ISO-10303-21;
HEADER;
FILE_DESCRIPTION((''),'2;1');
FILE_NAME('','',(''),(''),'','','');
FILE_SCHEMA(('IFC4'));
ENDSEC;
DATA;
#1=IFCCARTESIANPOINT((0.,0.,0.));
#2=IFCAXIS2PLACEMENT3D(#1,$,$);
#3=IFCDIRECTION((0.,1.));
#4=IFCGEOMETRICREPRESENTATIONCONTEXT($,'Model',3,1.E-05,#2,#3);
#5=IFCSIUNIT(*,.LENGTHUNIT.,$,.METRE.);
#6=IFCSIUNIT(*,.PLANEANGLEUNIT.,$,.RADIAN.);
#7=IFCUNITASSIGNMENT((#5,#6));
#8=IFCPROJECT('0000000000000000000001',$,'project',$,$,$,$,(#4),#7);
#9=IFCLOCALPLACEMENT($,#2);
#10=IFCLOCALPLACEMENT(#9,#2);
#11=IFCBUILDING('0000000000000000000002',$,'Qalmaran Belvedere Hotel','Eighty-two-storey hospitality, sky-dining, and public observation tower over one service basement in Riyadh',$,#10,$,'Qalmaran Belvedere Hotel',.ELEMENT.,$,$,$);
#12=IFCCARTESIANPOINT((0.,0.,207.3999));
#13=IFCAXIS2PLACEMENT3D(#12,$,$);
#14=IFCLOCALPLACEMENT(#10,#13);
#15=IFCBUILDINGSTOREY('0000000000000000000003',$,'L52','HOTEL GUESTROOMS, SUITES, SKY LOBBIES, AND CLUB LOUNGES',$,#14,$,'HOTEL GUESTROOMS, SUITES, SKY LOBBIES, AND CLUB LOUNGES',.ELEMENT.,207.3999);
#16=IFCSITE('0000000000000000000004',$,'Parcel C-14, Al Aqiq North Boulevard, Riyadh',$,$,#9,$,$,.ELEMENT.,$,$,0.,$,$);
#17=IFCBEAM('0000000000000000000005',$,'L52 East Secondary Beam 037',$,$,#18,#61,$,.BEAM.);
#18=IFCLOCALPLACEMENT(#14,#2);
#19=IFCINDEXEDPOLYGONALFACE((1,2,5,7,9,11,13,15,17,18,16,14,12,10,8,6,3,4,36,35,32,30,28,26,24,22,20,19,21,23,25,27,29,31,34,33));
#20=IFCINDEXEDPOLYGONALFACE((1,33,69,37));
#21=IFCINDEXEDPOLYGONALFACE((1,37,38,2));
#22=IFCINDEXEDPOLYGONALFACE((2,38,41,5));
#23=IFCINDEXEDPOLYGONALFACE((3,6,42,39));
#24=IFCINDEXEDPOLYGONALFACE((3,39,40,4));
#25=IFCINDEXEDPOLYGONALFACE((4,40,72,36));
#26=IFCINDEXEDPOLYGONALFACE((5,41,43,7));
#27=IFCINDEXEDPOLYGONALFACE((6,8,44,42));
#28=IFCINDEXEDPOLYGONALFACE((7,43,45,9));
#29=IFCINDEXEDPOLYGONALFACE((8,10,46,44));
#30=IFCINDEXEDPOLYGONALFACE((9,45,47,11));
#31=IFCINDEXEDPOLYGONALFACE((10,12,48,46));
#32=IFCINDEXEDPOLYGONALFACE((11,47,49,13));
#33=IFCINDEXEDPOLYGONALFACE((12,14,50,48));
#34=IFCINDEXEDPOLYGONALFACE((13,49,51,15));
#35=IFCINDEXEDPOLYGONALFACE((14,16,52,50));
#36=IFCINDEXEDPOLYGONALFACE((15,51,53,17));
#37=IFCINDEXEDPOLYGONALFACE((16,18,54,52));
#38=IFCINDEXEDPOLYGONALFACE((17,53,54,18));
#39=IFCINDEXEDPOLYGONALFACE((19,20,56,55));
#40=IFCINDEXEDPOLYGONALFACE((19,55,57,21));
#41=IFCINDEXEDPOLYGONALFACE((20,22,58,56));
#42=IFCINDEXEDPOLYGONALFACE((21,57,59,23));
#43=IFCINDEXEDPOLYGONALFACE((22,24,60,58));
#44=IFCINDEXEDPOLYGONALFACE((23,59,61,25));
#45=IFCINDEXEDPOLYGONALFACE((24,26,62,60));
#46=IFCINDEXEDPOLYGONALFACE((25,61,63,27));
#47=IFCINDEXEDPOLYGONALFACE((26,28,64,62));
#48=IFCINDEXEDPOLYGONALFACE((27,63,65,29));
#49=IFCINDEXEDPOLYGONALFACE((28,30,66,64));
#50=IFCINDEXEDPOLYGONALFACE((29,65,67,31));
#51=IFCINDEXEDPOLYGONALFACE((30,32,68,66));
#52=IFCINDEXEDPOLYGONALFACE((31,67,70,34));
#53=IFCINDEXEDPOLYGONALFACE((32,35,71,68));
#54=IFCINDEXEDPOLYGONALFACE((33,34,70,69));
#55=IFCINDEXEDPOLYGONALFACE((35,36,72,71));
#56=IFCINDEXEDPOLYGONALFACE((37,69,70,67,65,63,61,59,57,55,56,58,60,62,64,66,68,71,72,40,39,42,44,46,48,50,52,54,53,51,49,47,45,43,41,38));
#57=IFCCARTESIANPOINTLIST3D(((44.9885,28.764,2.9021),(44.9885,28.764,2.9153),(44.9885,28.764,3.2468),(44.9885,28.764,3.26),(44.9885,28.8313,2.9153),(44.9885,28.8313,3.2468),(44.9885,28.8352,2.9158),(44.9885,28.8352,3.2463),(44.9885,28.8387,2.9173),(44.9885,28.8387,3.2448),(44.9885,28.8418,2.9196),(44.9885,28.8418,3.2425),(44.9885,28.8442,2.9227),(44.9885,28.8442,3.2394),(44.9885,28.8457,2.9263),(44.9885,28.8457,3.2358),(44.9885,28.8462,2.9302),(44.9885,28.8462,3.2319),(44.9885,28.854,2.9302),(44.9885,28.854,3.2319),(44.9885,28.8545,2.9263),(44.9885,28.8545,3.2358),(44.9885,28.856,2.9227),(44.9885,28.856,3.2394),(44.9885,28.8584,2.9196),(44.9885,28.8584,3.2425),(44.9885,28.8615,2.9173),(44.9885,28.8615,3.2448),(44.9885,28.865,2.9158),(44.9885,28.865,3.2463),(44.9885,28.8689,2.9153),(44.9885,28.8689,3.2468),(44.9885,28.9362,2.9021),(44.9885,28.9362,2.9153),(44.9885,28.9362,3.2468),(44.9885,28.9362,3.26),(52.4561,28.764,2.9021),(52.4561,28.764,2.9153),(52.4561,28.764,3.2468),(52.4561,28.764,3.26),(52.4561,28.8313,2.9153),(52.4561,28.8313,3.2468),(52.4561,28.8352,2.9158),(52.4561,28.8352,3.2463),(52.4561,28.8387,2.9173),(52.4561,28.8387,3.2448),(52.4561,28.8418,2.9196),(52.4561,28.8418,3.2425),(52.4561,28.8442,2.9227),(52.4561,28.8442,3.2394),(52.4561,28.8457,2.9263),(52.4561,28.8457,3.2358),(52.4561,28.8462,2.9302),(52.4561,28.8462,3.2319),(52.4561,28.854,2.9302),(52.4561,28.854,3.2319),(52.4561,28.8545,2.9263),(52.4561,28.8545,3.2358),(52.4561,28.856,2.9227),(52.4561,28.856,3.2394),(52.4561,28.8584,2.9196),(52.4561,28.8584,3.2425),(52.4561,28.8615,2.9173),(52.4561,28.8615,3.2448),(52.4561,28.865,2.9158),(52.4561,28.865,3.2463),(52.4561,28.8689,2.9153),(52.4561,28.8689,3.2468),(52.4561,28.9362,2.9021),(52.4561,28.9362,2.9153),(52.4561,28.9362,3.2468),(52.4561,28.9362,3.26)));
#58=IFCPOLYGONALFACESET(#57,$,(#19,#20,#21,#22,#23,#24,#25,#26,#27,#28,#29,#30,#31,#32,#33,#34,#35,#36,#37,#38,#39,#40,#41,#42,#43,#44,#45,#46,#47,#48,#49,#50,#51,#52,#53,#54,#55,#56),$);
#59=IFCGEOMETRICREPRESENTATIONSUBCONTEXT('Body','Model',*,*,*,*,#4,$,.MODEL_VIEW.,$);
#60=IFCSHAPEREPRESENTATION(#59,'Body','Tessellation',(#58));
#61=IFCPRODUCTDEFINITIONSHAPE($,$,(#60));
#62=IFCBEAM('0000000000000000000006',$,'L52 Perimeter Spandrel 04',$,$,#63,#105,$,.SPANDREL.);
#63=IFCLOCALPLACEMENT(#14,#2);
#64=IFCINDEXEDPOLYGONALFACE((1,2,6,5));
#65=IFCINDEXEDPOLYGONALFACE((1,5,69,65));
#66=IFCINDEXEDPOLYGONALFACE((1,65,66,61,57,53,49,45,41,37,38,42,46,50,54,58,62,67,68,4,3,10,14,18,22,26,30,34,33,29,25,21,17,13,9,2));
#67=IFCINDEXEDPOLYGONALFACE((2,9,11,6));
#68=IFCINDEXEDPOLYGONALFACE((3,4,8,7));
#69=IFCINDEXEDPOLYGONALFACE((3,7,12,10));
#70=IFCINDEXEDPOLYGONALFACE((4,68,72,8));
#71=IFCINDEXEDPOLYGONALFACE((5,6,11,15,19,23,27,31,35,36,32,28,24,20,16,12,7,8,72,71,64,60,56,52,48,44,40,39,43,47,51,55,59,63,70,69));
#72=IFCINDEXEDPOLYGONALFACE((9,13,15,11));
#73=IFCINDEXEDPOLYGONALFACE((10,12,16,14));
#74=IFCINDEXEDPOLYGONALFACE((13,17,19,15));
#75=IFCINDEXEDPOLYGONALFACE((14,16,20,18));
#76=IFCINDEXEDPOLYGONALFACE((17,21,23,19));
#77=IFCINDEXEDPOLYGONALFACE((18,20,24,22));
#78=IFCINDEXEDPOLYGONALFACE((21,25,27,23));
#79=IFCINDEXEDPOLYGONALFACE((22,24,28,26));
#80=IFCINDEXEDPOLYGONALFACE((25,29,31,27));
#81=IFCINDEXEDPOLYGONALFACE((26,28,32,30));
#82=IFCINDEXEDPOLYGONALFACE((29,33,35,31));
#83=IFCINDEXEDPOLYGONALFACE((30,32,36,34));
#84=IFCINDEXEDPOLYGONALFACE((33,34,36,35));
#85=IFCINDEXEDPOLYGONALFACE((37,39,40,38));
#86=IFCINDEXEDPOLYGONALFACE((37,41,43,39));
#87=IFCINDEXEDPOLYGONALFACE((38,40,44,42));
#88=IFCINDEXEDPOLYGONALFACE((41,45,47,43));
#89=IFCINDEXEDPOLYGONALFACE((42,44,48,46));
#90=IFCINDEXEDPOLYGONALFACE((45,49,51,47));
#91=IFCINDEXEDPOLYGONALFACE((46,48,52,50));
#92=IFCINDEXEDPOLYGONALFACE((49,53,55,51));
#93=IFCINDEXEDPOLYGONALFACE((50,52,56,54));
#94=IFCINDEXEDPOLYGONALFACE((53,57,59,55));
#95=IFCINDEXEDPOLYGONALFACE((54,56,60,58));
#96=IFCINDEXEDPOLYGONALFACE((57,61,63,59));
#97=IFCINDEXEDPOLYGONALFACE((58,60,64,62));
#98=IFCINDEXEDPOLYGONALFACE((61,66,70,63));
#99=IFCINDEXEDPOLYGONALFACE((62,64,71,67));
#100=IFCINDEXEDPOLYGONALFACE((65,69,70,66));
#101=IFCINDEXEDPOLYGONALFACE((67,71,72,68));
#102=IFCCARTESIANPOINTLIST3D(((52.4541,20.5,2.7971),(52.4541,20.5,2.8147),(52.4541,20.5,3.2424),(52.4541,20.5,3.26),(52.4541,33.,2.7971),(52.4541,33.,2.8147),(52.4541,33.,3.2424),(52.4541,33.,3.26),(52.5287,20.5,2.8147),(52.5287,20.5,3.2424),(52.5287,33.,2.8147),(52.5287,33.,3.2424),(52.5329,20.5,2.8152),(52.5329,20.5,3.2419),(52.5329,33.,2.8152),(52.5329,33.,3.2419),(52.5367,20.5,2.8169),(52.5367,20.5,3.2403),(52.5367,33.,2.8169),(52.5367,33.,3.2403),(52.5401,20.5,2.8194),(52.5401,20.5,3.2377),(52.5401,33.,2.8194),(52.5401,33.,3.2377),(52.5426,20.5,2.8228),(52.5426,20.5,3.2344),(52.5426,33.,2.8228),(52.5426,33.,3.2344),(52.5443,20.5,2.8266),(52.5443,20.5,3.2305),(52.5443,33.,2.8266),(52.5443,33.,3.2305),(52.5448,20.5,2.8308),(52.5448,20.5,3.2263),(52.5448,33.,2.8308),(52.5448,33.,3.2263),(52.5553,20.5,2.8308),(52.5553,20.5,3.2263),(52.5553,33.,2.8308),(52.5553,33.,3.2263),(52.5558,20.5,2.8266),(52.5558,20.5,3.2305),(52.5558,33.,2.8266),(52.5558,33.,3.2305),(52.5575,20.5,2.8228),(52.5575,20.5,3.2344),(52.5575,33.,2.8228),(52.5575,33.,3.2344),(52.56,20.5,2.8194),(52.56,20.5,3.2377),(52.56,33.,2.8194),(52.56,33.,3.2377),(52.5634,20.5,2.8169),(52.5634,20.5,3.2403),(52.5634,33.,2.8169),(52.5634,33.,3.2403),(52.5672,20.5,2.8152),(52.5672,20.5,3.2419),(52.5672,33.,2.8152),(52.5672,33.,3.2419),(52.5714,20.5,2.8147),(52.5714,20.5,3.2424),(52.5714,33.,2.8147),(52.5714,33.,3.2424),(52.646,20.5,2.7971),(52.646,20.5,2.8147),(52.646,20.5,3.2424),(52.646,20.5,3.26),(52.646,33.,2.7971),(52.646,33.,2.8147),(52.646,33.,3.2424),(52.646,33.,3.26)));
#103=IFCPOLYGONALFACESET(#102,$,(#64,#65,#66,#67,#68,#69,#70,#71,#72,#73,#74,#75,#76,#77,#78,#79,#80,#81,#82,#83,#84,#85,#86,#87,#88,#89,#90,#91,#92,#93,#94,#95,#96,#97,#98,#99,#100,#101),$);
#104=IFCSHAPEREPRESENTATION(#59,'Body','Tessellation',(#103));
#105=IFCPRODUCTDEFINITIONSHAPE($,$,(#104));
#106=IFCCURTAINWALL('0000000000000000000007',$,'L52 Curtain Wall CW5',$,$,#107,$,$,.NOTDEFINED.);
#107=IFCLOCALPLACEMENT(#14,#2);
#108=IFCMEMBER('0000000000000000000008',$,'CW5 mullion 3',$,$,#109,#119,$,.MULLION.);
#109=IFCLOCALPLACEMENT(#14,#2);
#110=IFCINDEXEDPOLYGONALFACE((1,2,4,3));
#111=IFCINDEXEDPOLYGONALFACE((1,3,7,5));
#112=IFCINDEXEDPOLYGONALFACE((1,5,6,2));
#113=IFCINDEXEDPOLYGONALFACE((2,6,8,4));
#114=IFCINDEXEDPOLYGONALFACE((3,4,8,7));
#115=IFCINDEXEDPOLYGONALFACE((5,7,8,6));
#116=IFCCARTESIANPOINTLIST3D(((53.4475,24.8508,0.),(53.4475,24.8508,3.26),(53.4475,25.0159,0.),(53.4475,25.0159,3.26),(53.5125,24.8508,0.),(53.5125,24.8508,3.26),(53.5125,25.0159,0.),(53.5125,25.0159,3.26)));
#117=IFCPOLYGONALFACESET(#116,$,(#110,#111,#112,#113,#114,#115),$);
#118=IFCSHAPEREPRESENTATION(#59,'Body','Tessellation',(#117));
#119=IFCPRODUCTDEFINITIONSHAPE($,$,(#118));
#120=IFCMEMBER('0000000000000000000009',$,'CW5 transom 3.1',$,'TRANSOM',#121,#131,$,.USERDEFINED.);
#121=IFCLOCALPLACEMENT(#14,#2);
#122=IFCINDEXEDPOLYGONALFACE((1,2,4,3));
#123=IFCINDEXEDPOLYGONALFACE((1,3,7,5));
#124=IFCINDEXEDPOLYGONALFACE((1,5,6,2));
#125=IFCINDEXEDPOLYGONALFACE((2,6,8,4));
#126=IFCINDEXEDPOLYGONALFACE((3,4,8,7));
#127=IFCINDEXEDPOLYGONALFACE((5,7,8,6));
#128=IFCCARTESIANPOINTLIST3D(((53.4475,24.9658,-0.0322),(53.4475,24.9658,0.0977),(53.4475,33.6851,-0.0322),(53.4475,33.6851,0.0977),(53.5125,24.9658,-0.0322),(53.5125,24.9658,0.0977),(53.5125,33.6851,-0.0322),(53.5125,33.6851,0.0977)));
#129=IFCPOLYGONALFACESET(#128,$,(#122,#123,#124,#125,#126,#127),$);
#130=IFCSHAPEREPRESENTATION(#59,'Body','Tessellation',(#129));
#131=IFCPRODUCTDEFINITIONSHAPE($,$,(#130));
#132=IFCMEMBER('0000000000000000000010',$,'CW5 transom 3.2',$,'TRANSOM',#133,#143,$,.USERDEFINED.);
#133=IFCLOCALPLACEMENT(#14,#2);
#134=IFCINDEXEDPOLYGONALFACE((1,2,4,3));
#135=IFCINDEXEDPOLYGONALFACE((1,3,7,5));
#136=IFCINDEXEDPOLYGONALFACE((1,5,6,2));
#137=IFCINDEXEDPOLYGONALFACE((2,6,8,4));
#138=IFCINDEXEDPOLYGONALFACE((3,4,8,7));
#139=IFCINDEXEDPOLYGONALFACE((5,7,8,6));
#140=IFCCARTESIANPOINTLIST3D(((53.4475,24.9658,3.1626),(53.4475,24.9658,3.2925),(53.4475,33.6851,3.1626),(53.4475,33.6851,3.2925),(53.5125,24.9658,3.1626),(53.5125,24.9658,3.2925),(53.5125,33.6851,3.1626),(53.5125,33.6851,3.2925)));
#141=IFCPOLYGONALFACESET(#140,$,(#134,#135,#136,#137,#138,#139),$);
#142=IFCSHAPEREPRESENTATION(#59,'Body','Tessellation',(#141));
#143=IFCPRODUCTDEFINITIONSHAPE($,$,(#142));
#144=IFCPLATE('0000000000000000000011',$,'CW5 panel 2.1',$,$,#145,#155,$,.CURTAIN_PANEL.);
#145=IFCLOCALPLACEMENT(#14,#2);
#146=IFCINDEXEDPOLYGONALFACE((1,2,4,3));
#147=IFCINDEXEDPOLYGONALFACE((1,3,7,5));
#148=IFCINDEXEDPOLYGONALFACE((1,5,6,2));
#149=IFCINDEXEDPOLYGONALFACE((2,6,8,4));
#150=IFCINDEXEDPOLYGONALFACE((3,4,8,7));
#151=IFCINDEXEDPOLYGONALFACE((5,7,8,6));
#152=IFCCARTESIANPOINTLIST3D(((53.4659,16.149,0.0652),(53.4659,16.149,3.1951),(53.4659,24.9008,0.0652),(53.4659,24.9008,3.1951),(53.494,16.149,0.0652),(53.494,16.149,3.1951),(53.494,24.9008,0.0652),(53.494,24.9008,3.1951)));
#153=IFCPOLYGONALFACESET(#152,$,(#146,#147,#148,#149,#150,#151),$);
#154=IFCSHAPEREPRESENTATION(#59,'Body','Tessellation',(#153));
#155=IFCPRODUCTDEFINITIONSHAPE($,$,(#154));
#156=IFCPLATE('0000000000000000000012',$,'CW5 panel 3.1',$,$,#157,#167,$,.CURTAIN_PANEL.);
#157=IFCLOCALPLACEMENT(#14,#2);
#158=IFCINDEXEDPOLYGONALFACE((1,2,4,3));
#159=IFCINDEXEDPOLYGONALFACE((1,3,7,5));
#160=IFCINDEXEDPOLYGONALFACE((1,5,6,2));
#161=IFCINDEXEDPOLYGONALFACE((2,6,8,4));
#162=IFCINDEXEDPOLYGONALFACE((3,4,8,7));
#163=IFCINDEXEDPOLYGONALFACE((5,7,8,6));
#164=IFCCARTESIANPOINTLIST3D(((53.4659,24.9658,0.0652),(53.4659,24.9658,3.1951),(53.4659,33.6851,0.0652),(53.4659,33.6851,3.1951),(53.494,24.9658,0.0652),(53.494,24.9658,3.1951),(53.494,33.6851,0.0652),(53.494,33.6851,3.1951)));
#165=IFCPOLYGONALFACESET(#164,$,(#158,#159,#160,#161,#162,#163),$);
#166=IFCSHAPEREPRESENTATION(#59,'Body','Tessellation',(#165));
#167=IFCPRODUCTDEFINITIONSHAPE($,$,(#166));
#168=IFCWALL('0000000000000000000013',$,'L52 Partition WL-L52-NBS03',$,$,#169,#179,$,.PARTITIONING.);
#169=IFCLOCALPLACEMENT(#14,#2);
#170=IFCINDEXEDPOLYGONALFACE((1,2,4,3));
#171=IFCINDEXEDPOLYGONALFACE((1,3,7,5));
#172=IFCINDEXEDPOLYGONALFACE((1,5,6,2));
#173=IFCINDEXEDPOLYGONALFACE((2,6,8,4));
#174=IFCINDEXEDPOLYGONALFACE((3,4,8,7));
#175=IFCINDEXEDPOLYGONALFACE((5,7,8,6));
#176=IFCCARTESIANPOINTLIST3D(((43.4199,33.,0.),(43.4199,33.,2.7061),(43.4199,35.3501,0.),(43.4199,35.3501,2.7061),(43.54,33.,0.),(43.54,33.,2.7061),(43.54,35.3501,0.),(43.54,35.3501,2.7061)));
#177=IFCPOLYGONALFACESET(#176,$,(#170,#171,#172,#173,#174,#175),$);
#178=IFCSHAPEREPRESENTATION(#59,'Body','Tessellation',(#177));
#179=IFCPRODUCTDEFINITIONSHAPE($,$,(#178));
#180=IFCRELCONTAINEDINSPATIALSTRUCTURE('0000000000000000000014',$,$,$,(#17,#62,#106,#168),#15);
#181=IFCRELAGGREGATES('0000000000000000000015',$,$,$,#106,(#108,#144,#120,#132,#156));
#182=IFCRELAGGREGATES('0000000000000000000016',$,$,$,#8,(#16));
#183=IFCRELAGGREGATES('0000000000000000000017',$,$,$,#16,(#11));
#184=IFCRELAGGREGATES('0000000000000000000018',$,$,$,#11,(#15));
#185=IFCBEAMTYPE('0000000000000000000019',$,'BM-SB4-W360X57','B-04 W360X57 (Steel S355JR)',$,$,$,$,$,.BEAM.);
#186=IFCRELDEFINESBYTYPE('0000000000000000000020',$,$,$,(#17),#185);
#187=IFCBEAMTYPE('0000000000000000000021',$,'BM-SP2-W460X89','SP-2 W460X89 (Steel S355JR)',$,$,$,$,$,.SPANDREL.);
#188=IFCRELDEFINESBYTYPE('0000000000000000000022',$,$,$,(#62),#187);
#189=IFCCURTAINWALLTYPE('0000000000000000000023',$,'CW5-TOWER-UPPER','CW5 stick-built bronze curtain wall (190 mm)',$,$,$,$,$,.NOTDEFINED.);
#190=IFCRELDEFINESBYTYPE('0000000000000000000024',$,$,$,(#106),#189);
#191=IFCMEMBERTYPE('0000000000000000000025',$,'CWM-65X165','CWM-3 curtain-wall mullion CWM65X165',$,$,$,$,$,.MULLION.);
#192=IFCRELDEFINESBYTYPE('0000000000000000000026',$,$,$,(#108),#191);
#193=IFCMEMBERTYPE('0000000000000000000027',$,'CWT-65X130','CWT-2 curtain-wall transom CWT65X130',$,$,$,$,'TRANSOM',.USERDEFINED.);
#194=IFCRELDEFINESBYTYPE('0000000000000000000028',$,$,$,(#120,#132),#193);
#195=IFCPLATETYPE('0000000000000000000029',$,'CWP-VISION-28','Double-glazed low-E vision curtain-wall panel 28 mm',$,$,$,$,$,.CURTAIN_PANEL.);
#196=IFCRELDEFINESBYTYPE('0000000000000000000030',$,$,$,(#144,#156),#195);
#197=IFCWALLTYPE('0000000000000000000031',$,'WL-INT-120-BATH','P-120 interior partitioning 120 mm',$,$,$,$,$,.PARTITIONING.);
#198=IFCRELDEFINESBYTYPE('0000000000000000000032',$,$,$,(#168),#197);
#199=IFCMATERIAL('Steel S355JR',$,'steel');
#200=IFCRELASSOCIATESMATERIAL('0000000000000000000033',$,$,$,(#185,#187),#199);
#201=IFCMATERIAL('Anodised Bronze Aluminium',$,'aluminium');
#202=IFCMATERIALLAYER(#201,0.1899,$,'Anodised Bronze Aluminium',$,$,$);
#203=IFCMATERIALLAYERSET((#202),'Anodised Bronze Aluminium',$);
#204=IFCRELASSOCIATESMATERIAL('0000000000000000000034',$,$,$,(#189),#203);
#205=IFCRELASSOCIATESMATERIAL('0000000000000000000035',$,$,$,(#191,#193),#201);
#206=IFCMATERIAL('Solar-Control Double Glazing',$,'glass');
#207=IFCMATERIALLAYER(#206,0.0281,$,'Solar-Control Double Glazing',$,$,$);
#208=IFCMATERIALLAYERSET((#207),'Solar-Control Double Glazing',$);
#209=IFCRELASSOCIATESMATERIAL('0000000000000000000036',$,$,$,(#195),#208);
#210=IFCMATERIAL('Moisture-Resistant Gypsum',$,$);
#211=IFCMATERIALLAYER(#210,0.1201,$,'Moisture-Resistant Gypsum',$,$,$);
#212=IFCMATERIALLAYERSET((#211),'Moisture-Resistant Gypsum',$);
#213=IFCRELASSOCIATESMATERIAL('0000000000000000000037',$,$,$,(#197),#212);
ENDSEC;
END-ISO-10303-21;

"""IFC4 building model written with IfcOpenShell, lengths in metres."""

from ifc_helpers import new_model, si_unit, direction, frame, frame_2d, origin, origin_2d, place, context, subcontext, project, spatial, rectangle, i_section, extrude, material, layer, layer_set, material_profile, profile_set, type_object, element, aggregate, save


model = new_model("IFC4")

# Units and contexts
model_context = context("Model", 3, precision=1e-05, world=origin(), true_north=direction((0.0, 1.0)))
body_context = subcontext(model_context, "Body", "Model", "MODEL_VIEW")
ifc_project = project(units=[si_unit("LENGTHUNIT", "METRE"), si_unit("PLANEANGLEUNIT", "RADIAN")], contexts=[model_context])

# Site, building, storey
site_placement = place(None, origin())
site = spatial("IfcSite", under=ifc_project, at=site_placement, Name="Parcel C-14, Al Aqiq North Boulevard, Riyadh", CompositionType="ELEMENT", RefElevation=0.0)
building_placement = place(site_placement, origin())
building = spatial("IfcBuilding", under=site, at=building_placement, Name="Qalmaran Belvedere Hotel", Description="Eighty-two-storey hospitality, sky-dining, and public observation tower over one service basement in Riyadh", LongName="Qalmaran Belvedere Hotel", CompositionType="ELEMENT")
storey_placement = place(building_placement, frame((0.0, 0.0, 207.3999)))
storey = spatial("IfcBuildingStorey", under=building, at=storey_placement, Name="L52", Description="HOTEL GUESTROOMS, SUITES, SKY LOBBIES, AND CLUB LOUNGES", LongName="HOTEL GUESTROOMS, SUITES, SKY LOBBIES, AND CLUB LOUNGES", CompositionType="ELEMENT", Elevation=207.3999)

# Beams
ifc_material_1 = material(Name="Steel S355JR", Category="steel")
ifc_material_profile_1 = material_profile(ifc_material_1, i_section(OverallWidth=0.1721, OverallDepth=0.3579, WebThickness=0.0078, FlangeThickness=0.0132, FilletRadius=0.0149, at=origin_2d()), Name="W360X57")
ifc_profile_set_1 = profile_set([ifc_material_profile_1], Name="Steel S355JR")
beam_type_1 = type_object("IfcBeamType", Name="BM-SB4-W360X57", Description="B-04 W360X57 (Steel S355JR)", PredefinedType="BEAM", material=ifc_profile_set_1)
for number, where, z_axis, x_axis, name in (
    (1, (44.9885, 28.8501, 3.0811), (1.0, 0.0, 0.0), (0.0, 1.0, 0.0), "L52 East Secondary Beam 037"),
):
    element("IfcBeam", number, at=place(storey_placement, frame(where, z_axis=z_axis, x_axis=x_axis)), inside=storey, type_object=beam_type_1, Name=name, PredefinedType="BEAM", context=body_context, shape_type="SweptSolid", body=[
        extrude(i_section(OverallWidth=0.1721, OverallDepth=0.3579, WebThickness=0.0078, FlangeThickness=0.0132, FilletRadius=0.0149, at=origin_2d()), origin(), (0.0, 0.0, 1.0), 7.4675),
    ])
ifc_material_profile_2 = material_profile(ifc_material_1, i_section(OverallWidth=0.1919, OverallDepth=0.4629, WebThickness=0.0105, FlangeThickness=0.0176, FilletRadius=0.0161, at=origin_2d()), Name="W460X89")
ifc_profile_set_2 = profile_set([ifc_material_profile_2], Name="Steel S355JR")
beam_type_2 = type_object("IfcBeamType", Name="BM-SP2-W460X89", Description="SP-2 W460X89 (Steel S355JR)", PredefinedType="SPANDREL", material=ifc_profile_set_2)
beam_1_placement = place(storey_placement, frame((52.55, 20.5, 3.0286), z_axis=(0.0, 1.0, 0.0), x_axis=(-1.0, 0.0, 0.0)))
element("IfcBeam", 2, at=beam_1_placement, inside=storey, type_object=beam_type_2, Name="L52 Perimeter Spandrel 04", PredefinedType="SPANDREL", context=body_context, shape_type="SweptSolid", body=[
    extrude(i_section(OverallWidth=0.1919, OverallDepth=0.4629, WebThickness=0.0105, FlangeThickness=0.0176, FilletRadius=0.0161, at=origin_2d()), origin(), (0.0, 0.0, 1.0), 12.5),
])

# Curtain wall, members, plates
ifc_material_2 = material(Name="Anodised Bronze Aluminium", Category="aluminium")
ifc_layer_1 = layer(ifc_material_2, 0.1899, Name="Anodised Bronze Aluminium")
ifc_layer_set_1 = layer_set([ifc_layer_1], Name="Anodised Bronze Aluminium")
curtain_wall_type = type_object("IfcCurtainWallType", Name="CW5-TOWER-UPPER", Description="CW5 stick-built bronze curtain wall (190 mm)", PredefinedType="NOTDEFINED", material=ifc_layer_set_1)
curtain_wall_placement = place(storey_placement, origin())
curtain_wall = element("IfcCurtainWall", 3, at=curtain_wall_placement, inside=storey, type_object=curtain_wall_type, Name="L52 Curtain Wall CW5", PredefinedType="NOTDEFINED")
ifc_material_profile_3 = material_profile(ifc_material_2, rectangle(XDim=0.0649, YDim=0.165, at=origin_2d()), Name="CWM65X165")
ifc_profile_set_3 = profile_set([ifc_material_profile_3], Name="Anodised Bronze Aluminium")
member_type_1 = type_object("IfcMemberType", Name="CWM-65X165", Description="CWM-3 curtain-wall mullion CWM65X165", PredefinedType="MULLION", material=ifc_profile_set_3)
member_1_placement = place(storey_placement, frame((53.48, 24.9333, 0.0), z_axis=(0.0, 0.0, 1.0), x_axis=(-1.0, 0.0, 0.0)))
member_1 = element("IfcMember", 4, at=member_1_placement, type_object=member_type_1, Name="CW5 mullion 3", PredefinedType="MULLION", context=body_context, shape_type="SweptSolid", body=[
    extrude(rectangle(XDim=0.0649, YDim=0.165, at=origin_2d()), origin(), (0.0, 0.0, 1.0), 3.26),
])
ifc_material_profile_4 = material_profile(ifc_material_2, rectangle(XDim=0.0649, YDim=0.1299, at=origin_2d()), Name="CWT65X130")
ifc_profile_set_4 = profile_set([ifc_material_profile_4], Name="Anodised Bronze Aluminium")
member_type_2 = type_object("IfcMemberType", Name="CWT-65X130", Description="CWT-2 curtain-wall transom CWT65X130", ElementType="TRANSOM", PredefinedType="USERDEFINED", material=ifc_profile_set_4)
member_2_placement = place(storey_placement, frame((53.48, 24.9658, 0.0327), z_axis=(0.0, 1.0, 0.0), x_axis=(-1.0, 0.0, 0.0)))
member_2 = element("IfcMember", 5, at=member_2_placement, type_object=member_type_2, Name="CW5 transom 3.1", ObjectType="TRANSOM", PredefinedType="USERDEFINED", context=body_context, shape_type="SweptSolid", body=[
    extrude(rectangle(XDim=0.0649, YDim=0.1299, at=origin_2d()), origin(), (0.0, 0.0, 1.0), 8.7192),
])
member_3_placement = place(storey_placement, frame((53.48, 24.9658, 3.2275), z_axis=(0.0, 1.0, 0.0), x_axis=(-1.0, 0.0, 0.0)))
member_3 = element("IfcMember", 6, at=member_3_placement, type_object=member_type_2, Name="CW5 transom 3.2", ObjectType="TRANSOM", PredefinedType="USERDEFINED", context=body_context, shape_type="SweptSolid", body=[
    extrude(rectangle(XDim=0.0649, YDim=0.1299, at=origin_2d()), origin(), (0.0, 0.0, 1.0), 8.7192),
])
ifc_material_3 = material(Name="Solar-Control Double Glazing", Category="glass")
ifc_layer_2 = layer(ifc_material_3, 0.0281, Name="Solar-Control Double Glazing")
ifc_layer_set_2 = layer_set([ifc_layer_2], Name="Solar-Control Double Glazing")
plate_type = type_object("IfcPlateType", Name="CWP-VISION-28", Description="Double-glazed low-E vision curtain-wall panel 28 mm", PredefinedType="CURTAIN_PANEL", material=ifc_layer_set_2)
plate_1_placement = place(storey_placement, frame((53.48, 20.5249, 0.0652), z_axis=(0.0, 0.0, 1.0), x_axis=(0.0, 1.0, 0.0)))
plate_1 = element("IfcPlate", 7, at=plate_1_placement, type_object=plate_type, Name="CW5 panel 2.1", PredefinedType="CURTAIN_PANEL", context=body_context, shape_type="SweptSolid", body=[
    extrude(rectangle(XDim=8.7517, YDim=0.0281, at=origin_2d()), origin(), (0.0, 0.0, 1.0), 3.1299),
])
plate_2_placement = place(storey_placement, frame((53.48, 29.3254, 0.0652), z_axis=(0.0, 0.0, 1.0), x_axis=(0.0, 1.0, 0.0)))
plate_2 = element("IfcPlate", 8, at=plate_2_placement, type_object=plate_type, Name="CW5 panel 3.1", PredefinedType="CURTAIN_PANEL", context=body_context, shape_type="SweptSolid", body=[
    extrude(rectangle(XDim=8.7192, YDim=0.0281, at=origin_2d()), origin(), (0.0, 0.0, 1.0), 3.1299),
])
aggregate(curtain_wall, [member_1, plate_1, member_2, member_3, plate_2])

# Wall
ifc_material_4 = material(Name="Moisture-Resistant Gypsum")
ifc_layer_3 = layer(ifc_material_4, 0.1201, Name="Moisture-Resistant Gypsum")
ifc_layer_set_3 = layer_set([ifc_layer_3], Name="Moisture-Resistant Gypsum")
wall_type_1 = type_object("IfcWallType", Name="WL-INT-120-BATH", Description="P-120 interior partitioning 120 mm", PredefinedType="PARTITIONING", material=ifc_layer_set_3)
wall_1_placement = place(storey_placement, frame((43.48, 33.0, 0.0), z_axis=(0.0, 0.0, 1.0), x_axis=(0.0, 1.0, 0.0)))
element("IfcWall", 9, at=wall_1_placement, inside=storey, type_object=wall_type_1, Name="L52 Partition WL-L52-NBS03", PredefinedType="PARTITIONING", context=body_context, shape_type="SweptSolid", body=[
    extrude(rectangle(XDim=2.3501, YDim=0.1201, at=frame_2d((1.175, 0.0))), origin(), (0.0, 0.0, 1.0), 2.7061),
])

save(model, "model.ifc")
